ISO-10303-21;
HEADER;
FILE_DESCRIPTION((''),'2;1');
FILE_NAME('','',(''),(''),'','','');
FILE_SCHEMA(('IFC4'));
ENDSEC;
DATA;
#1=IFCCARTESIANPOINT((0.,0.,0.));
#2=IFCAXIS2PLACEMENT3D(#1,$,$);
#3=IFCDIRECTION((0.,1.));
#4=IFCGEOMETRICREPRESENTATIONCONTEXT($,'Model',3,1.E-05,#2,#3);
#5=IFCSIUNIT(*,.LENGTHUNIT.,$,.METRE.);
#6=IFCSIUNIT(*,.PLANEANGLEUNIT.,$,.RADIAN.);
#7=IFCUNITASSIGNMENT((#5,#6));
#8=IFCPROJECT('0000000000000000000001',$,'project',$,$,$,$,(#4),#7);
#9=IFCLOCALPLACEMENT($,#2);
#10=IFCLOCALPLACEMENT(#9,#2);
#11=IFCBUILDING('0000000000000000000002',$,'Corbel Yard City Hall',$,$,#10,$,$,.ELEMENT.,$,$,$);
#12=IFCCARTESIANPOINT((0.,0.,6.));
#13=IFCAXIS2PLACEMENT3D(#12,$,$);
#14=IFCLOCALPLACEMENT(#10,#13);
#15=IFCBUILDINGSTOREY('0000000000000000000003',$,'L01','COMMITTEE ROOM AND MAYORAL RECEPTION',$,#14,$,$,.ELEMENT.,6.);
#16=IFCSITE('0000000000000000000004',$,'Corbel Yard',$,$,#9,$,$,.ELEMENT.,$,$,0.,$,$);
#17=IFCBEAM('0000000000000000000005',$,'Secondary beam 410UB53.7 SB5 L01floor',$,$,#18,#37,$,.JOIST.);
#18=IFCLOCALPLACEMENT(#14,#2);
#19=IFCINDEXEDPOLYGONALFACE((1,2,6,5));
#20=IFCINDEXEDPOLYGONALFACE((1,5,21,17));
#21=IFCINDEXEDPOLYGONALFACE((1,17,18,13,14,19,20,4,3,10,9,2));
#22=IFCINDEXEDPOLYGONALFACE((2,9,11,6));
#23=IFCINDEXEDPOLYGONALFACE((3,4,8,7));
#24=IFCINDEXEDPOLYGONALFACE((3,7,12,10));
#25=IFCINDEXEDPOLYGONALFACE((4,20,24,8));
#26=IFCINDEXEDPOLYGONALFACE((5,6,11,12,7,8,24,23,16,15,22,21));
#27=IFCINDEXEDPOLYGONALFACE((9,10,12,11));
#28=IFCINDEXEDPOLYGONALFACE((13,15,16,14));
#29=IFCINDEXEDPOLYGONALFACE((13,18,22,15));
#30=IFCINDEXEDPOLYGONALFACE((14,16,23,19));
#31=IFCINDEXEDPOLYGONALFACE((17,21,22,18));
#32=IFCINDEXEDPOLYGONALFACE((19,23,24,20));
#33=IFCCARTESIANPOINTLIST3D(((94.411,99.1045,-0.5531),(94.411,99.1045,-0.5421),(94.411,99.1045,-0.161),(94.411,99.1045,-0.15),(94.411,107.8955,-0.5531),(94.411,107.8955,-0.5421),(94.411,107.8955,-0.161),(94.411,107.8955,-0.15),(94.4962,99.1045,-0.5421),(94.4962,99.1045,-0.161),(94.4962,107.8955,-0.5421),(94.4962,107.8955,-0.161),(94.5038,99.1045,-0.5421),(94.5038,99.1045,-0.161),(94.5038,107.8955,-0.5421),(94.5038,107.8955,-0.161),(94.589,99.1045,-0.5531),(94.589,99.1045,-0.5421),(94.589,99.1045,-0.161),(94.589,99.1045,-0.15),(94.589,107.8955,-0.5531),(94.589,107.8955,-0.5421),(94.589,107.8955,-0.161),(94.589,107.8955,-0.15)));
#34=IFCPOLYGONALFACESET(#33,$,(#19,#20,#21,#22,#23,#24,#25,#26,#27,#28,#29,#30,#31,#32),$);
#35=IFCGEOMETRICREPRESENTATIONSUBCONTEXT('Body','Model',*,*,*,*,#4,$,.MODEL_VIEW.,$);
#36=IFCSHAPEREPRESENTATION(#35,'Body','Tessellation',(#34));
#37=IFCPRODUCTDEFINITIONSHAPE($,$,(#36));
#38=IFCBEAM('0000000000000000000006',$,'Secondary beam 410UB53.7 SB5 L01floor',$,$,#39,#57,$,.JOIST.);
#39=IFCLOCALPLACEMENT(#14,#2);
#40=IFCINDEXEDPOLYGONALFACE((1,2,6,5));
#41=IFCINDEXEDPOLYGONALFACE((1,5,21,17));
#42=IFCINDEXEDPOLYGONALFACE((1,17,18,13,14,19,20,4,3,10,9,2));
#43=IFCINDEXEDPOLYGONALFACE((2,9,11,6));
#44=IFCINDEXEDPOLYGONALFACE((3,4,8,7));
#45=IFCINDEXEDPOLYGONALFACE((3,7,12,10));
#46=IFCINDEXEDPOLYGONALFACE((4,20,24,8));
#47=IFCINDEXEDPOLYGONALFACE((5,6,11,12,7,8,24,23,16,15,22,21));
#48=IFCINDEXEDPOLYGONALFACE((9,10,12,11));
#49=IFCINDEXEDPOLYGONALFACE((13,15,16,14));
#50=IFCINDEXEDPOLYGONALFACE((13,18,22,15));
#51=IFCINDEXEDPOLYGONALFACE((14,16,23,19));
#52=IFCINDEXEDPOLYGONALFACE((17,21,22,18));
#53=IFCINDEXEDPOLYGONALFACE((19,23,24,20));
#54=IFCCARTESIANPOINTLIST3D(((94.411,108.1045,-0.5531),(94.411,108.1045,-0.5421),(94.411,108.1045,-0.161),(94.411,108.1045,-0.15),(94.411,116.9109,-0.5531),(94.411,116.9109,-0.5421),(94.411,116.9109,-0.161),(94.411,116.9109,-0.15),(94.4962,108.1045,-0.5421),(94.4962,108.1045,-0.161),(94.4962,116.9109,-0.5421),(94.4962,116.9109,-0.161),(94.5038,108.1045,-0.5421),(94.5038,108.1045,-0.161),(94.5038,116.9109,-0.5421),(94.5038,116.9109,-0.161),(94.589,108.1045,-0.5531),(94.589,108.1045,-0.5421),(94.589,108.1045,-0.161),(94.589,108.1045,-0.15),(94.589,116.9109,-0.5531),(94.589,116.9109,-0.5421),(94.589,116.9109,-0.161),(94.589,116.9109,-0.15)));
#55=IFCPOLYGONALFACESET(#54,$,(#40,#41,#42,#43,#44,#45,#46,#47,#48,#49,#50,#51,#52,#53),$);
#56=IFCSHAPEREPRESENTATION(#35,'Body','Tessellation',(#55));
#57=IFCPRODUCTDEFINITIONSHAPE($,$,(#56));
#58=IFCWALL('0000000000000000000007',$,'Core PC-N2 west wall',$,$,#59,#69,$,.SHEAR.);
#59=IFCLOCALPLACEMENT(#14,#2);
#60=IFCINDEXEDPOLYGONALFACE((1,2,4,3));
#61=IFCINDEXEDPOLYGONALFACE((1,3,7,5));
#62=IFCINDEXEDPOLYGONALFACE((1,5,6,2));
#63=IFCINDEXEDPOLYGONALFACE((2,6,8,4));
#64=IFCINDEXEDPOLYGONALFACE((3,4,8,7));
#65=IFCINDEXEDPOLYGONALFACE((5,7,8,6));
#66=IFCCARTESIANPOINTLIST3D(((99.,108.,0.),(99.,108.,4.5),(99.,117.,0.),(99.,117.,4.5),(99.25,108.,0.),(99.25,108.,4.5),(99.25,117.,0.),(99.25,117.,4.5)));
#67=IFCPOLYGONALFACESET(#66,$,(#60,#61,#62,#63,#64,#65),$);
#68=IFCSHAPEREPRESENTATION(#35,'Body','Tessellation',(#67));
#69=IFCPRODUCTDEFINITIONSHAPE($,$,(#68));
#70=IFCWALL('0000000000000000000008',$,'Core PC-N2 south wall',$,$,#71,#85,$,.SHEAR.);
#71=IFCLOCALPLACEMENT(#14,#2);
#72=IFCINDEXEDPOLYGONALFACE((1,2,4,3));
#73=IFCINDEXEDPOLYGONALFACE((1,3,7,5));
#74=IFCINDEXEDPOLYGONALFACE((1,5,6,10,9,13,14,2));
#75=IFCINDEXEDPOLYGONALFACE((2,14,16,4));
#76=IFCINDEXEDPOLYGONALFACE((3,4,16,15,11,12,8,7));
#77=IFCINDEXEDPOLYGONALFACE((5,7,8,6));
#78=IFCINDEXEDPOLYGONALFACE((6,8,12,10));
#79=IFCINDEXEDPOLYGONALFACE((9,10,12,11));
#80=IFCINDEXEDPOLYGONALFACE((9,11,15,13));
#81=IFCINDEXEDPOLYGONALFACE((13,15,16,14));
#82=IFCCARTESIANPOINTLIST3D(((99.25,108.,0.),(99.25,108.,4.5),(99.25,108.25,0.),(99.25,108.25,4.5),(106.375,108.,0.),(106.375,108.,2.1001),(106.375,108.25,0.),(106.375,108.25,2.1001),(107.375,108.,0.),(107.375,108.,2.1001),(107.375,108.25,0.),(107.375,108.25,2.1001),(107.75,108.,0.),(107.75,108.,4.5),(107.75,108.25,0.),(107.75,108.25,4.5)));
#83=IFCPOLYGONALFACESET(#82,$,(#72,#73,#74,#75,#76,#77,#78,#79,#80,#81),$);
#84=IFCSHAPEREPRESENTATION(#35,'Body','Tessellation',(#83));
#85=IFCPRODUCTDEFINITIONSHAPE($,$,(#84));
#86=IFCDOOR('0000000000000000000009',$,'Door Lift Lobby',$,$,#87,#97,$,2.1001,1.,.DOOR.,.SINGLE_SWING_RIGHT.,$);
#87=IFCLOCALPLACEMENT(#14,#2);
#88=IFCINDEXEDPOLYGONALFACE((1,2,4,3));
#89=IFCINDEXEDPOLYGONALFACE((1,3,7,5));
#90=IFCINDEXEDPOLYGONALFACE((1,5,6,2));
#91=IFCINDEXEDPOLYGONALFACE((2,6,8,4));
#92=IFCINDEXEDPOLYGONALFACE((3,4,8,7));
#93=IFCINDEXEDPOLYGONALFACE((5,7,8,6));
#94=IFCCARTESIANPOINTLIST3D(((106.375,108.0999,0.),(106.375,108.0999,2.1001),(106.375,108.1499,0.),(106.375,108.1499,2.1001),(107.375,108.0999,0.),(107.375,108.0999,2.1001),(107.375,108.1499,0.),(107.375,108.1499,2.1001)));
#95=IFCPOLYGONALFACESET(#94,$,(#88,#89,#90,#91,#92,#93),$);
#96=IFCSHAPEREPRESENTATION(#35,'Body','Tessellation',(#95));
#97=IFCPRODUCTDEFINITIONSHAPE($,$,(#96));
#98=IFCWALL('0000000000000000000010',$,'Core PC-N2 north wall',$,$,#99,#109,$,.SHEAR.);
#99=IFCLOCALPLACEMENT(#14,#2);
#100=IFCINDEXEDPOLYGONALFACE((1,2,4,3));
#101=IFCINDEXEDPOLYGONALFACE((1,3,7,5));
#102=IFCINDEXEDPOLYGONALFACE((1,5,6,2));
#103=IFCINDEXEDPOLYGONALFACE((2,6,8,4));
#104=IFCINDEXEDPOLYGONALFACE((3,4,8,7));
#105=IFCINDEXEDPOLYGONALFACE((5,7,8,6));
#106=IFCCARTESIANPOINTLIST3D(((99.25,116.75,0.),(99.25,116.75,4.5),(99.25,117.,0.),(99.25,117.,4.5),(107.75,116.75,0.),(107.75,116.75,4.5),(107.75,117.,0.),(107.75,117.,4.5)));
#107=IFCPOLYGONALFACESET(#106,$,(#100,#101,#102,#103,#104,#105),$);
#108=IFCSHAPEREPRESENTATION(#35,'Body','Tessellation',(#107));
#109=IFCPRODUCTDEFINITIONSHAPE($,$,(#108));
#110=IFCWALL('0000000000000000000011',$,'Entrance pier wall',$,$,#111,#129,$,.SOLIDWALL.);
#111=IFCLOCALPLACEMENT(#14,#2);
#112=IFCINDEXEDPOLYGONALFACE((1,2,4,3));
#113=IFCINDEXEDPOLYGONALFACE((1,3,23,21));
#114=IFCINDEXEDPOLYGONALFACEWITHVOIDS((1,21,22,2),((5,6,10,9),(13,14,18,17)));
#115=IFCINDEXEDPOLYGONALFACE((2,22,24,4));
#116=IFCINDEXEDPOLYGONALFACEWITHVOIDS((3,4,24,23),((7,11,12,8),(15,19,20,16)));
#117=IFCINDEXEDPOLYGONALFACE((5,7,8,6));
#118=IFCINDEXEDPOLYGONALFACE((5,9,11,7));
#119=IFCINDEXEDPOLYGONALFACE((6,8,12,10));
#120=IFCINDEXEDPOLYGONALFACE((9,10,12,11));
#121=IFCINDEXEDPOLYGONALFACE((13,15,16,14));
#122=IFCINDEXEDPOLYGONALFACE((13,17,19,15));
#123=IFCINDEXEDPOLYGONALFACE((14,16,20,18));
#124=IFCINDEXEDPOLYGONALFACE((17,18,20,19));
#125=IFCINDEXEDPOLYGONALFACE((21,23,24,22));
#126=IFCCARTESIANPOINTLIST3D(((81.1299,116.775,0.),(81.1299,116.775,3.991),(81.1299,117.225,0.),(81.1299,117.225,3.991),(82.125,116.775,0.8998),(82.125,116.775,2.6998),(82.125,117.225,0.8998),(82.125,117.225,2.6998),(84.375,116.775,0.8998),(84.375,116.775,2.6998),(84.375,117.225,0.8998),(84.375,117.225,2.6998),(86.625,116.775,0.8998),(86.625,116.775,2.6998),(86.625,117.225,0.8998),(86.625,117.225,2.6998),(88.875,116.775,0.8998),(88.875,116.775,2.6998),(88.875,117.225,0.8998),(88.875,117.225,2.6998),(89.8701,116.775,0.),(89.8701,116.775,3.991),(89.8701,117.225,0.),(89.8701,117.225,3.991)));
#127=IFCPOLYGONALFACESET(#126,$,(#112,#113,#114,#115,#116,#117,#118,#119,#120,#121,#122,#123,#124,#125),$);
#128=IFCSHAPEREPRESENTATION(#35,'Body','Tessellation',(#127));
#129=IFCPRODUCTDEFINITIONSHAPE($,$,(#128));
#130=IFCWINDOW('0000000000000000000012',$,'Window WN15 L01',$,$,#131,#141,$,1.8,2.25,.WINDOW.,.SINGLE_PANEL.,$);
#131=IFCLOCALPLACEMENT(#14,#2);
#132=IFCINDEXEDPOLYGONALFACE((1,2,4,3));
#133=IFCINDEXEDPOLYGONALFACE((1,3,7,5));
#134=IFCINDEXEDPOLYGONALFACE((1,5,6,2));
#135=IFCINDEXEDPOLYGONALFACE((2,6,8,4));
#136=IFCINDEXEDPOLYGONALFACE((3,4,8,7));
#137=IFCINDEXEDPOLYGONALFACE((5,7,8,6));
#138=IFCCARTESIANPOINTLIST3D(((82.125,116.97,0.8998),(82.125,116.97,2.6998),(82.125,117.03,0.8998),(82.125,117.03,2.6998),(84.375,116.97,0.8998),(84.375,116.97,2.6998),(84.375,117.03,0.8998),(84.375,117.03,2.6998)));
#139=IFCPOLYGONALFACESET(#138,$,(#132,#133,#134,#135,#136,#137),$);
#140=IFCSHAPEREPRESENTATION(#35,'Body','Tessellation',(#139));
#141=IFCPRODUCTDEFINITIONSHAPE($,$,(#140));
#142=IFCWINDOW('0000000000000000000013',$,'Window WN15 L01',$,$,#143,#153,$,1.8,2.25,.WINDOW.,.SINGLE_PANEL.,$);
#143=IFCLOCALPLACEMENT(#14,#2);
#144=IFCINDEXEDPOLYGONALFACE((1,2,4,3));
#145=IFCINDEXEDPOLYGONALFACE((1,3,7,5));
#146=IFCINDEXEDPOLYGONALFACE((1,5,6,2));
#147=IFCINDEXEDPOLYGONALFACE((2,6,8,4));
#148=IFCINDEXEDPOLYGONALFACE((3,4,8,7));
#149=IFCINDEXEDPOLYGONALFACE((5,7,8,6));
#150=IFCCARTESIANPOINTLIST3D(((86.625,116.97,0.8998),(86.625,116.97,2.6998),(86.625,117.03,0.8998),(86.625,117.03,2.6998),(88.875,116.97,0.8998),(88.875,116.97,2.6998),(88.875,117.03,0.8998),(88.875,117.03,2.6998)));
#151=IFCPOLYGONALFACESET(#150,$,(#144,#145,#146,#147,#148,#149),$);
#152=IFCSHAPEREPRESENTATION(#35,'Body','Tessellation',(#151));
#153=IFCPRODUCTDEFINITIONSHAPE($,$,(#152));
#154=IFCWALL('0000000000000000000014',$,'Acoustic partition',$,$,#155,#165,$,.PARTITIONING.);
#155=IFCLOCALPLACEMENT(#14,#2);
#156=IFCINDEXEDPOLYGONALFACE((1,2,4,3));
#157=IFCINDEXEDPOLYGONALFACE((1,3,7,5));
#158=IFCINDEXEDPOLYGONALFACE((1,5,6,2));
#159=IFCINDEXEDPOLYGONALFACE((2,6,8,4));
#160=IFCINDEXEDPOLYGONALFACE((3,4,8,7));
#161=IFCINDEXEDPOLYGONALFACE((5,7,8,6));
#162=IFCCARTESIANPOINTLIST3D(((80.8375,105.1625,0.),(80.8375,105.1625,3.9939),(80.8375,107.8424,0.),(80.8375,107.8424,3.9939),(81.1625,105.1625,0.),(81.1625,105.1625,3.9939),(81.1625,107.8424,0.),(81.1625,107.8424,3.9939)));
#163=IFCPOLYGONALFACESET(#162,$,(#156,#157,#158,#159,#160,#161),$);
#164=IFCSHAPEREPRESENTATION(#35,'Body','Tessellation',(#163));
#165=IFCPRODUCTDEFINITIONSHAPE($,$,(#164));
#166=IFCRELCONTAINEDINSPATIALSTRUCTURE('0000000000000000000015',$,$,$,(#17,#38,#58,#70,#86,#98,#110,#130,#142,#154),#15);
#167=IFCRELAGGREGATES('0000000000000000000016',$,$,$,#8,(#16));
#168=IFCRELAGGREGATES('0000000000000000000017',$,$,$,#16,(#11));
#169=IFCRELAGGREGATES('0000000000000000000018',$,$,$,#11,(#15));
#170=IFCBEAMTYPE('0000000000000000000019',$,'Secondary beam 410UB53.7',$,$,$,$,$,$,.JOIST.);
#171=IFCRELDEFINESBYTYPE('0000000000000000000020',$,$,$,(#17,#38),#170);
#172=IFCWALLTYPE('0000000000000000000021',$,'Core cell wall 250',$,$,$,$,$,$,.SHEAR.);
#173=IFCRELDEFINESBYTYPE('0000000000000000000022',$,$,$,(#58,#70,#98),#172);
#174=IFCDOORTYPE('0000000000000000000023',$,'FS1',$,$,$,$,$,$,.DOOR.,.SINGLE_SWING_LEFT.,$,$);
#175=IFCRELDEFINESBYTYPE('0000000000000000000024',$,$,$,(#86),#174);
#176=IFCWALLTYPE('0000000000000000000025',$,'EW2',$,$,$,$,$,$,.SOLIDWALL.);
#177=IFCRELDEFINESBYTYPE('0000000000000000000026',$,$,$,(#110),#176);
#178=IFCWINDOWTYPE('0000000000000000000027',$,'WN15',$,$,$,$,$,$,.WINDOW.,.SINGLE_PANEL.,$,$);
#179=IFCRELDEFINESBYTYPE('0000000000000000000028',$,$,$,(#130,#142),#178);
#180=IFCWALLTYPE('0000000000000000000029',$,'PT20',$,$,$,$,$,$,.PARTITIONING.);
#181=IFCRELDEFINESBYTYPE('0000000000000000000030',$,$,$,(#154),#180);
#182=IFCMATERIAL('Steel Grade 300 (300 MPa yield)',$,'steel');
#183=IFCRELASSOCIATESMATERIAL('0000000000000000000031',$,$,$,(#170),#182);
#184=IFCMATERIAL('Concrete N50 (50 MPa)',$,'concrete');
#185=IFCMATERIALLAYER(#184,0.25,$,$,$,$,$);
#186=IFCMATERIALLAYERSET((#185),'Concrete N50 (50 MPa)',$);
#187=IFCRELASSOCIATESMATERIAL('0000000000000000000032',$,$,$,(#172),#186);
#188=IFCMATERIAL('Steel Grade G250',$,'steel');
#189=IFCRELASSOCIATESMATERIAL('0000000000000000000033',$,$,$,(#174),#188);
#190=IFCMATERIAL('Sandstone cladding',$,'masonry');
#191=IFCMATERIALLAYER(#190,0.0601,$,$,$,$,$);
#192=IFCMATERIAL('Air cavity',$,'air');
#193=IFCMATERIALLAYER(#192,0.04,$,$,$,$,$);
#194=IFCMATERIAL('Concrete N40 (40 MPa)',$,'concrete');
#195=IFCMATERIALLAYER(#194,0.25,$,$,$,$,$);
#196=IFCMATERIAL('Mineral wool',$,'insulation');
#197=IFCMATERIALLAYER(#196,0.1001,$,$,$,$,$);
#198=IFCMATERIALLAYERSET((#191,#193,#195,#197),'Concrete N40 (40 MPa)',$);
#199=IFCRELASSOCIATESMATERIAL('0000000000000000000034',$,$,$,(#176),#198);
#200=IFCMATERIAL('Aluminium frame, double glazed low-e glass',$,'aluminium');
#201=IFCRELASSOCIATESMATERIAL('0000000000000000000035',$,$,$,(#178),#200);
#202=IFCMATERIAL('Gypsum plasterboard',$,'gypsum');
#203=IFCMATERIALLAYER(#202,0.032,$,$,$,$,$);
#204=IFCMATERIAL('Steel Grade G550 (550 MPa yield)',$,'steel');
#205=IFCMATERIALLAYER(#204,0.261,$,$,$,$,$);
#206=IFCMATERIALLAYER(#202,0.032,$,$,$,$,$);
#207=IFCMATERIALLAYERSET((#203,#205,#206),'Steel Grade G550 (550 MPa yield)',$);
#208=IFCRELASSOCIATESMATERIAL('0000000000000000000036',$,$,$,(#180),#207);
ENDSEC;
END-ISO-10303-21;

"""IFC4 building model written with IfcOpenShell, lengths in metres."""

from ifc_helpers import new_model, si_unit, direction, frame, frame_2d, origin, origin_2d, place, context, subcontext, project, spatial, rectangle, i_section, extrude, material, layer, layer_set, material_profile, profile_set, type_object, element, fill, save


model = new_model("IFC4")

# Units and contexts
model_context = context("Model", 3, precision=1e-05, world=origin(), true_north=direction((0.0, 1.0)))
body_context = subcontext(model_context, "Body", "Model", "MODEL_VIEW")
ifc_project = project(units=[si_unit("LENGTHUNIT", "METRE"), si_unit("PLANEANGLEUNIT", "RADIAN")], contexts=[model_context])

# Site, building, storey
site_placement = place(None, origin())
site = spatial("IfcSite", under=ifc_project, at=site_placement, Name="Corbel Yard", CompositionType="ELEMENT", RefElevation=0.0)
building_placement = place(site_placement, origin())
building = spatial("IfcBuilding", under=site, at=building_placement, Name="Corbel Yard City Hall", CompositionType="ELEMENT")
storey_placement = place(building_placement, frame((0.0, 0.0, 6.0)))
storey = spatial("IfcBuildingStorey", under=building, at=storey_placement, Name="L01", Description="COMMITTEE ROOM AND MAYORAL RECEPTION", CompositionType="ELEMENT", Elevation=6.0)

# Shared definitions
ifc_material_1 = material(Name="Steel Grade 300 (300 MPa yield)", Category="steel")

# Beams
ifc_material_profile_1 = material_profile(ifc_material_1, i_section(OverallWidth=0.178, OverallDepth=0.4031, WebThickness=0.0076, FlangeThickness=0.011, at=origin_2d()), Name="410UB53.7")
ifc_profile_set_1 = profile_set([ifc_material_profile_1], Name="Steel Grade 300 (300 MPa yield)")
beam_type_1 = type_object("IfcBeamType", Name="Secondary beam 410UB53.7", PredefinedType="JOIST", material=ifc_profile_set_1)
beam_1_placement = place(storey_placement, frame((94.5, 99.1045, -0.3516), z_axis=(0.0, 1.0, 0.0), x_axis=(-1.0, 0.0, 0.0)))
element("IfcBeam", 1, at=beam_1_placement, inside=storey, type_object=beam_type_1, Name="Secondary beam 410UB53.7 SB5 L01floor", PredefinedType="JOIST", context=body_context, shape_type="SweptSolid", body=[
    extrude(i_section(OverallWidth=0.178, OverallDepth=0.4031, WebThickness=0.0076, FlangeThickness=0.011, at=origin_2d()), origin(), (0.0, 0.0, 1.0), 8.791),
])
beam_2_placement = place(storey_placement, frame((94.5, 108.1045, -0.3516), z_axis=(0.0, 1.0, 0.0), x_axis=(-1.0, 0.0, 0.0)))
element("IfcBeam", 2, at=beam_2_placement, inside=storey, type_object=beam_type_1, Name="Secondary beam 410UB53.7 SB5 L01floor", PredefinedType="JOIST", context=body_context, shape_type="SweptSolid", body=[
    extrude(i_section(OverallWidth=0.178, OverallDepth=0.4031, WebThickness=0.0076, FlangeThickness=0.011, at=origin_2d()), origin(), (0.0, 0.0, 1.0), 8.8064),
])

# Wall
ifc_material_2 = material(Name="Concrete N50 (50 MPa)", Category="concrete")
ifc_layer_1 = layer(ifc_material_2, 0.25)
ifc_layer_set_1 = layer_set([ifc_layer_1], Name="Concrete N50 (50 MPa)")
wall_type_1 = type_object("IfcWallType", Name="Core cell wall 250", PredefinedType="SHEAR", material=ifc_layer_set_1)
wall_1_placement = place(storey_placement, frame((99.125, 108.0, 0.0), z_axis=(0.0, 0.0, 1.0), x_axis=(0.0, 1.0, 0.0)))
element("IfcWall", 3, at=wall_1_placement, inside=storey, type_object=wall_type_1, Name="Core PC-N2 west wall", PredefinedType="SHEAR", context=body_context, shape_type="SweptSolid", body=[
    extrude(rectangle(XDim=9.0, YDim=0.25, at=frame_2d((4.5, 0.0))), origin(), (0.0, 0.0, 1.0), 4.5),
])

# Wall, opening, door
wall_2_placement = place(storey_placement, frame((99.25, 108.125, 0.0), z_axis=(0.0, 0.0, 1.0), x_axis=(1.0, 0.0, 0.0)))
wall_2 = element("IfcWall", 4, at=wall_2_placement, inside=storey, type_object=wall_type_1, Name="Core PC-N2 south wall", PredefinedType="SHEAR", context=body_context, shape_type="SweptSolid", body=[
    extrude(rectangle(XDim=8.5, YDim=0.25, at=frame_2d((4.25, 0.0))), origin(), (0.0, 0.0, 1.0), 4.5),
])
opening_1_placement = place(wall_2_placement, frame((7.125, 0.0, 0.0)))
opening_1 = element("IfcOpeningElement", 5, at=opening_1_placement, cuts=wall_2, PredefinedType="OPENING", context=body_context, shape_type="SweptSolid", body=[
    extrude(rectangle(XDim=1.0, YDim=2.1001, at=frame_2d((0.5, 1.05))), frame((0.0, 0.135, 0.0), z_axis=(0.0, -1.0, 0.0), x_axis=(1.0, 0.0, 0.0)), (0.0, 0.0, 1.0), 0.27),
])
ifc_material_3 = material(Name="Steel Grade G250", Category="steel")
door_type_1 = type_object("IfcDoorType", Name="FS1", OperationType="SINGLE_SWING_LEFT", PredefinedType="DOOR", material=ifc_material_3)
door_1_placement = place(opening_1_placement, origin())
door_1 = element("IfcDoor", 6, at=door_1_placement, inside=storey, type_object=door_type_1, Name="Door Lift Lobby", OperationType="SINGLE_SWING_RIGHT", OverallHeight=2.1001, OverallWidth=1.0, PredefinedType="DOOR", context=body_context, shape_type="SweptSolid", body=[
    extrude(rectangle(XDim=1.0, YDim=2.1001, at=frame_2d((0.5, 1.05))), frame((0.0, 0.0249, 0.0), z_axis=(0.0, -1.0, 0.0), x_axis=(1.0, 0.0, 0.0)), (0.0, 0.0, 1.0), 0.05),
])
fill(opening_1, door_1)

# Wall
wall_3_placement = place(storey_placement, frame((99.25, 116.875, 0.0), z_axis=(0.0, 0.0, 1.0), x_axis=(1.0, 0.0, 0.0)))
element("IfcWall", 7, at=wall_3_placement, inside=storey, type_object=wall_type_1, Name="Core PC-N2 north wall", PredefinedType="SHEAR", context=body_context, shape_type="SweptSolid", body=[
    extrude(rectangle(XDim=8.5, YDim=0.25, at=frame_2d((4.25, 0.0))), origin(), (0.0, 0.0, 1.0), 4.5),
])

# Wall, openings, windows
ifc_material_4 = material(Name="Sandstone cladding", Category="masonry")
ifc_layer_2 = layer(ifc_material_4, 0.0601)
ifc_material_5 = material(Name="Air cavity", Category="air")
ifc_layer_3 = layer(ifc_material_5, 0.04)
ifc_material_6 = material(Name="Concrete N40 (40 MPa)", Category="concrete")
ifc_layer_4 = layer(ifc_material_6, 0.25)
ifc_material_7 = material(Name="Mineral wool", Category="insulation")
ifc_layer_5 = layer(ifc_material_7, 0.1001)
ifc_layer_set_2 = layer_set([ifc_layer_2, ifc_layer_3, ifc_layer_4, ifc_layer_5], Name="Concrete N40 (40 MPa)")
wall_type_2 = type_object("IfcWallType", Name="EW2", PredefinedType="SOLIDWALL", material=ifc_layer_set_2)
wall_4_placement = place(storey_placement, frame((81.1299, 117.0, 0.0), z_axis=(0.0, 0.0, 1.0), x_axis=(1.0, 0.0, 0.0)))
wall_4 = element("IfcWall", 8, at=wall_4_placement, inside=storey, type_object=wall_type_2, Name="Entrance pier wall", PredefinedType="SOLIDWALL", context=body_context, shape_type="SweptSolid", body=[
    extrude(rectangle(XDim=8.7402, YDim=0.45, at=frame_2d((4.3701, 0.0))), origin(), (0.0, 0.0, 1.0), 3.991),
])
opening_2_placement = place(wall_4_placement, frame((0.9951, 0.0, 0.8999)))
opening_2 = element("IfcOpeningElement", 9, at=opening_2_placement, cuts=wall_4, PredefinedType="OPENING", context=body_context, shape_type="SweptSolid", body=[
    extrude(rectangle(XDim=2.25, YDim=1.8, at=frame_2d((1.125, 0.8999))), frame((0.0, 0.2349, 0.0), z_axis=(0.0, -1.0, 0.0), x_axis=(1.0, 0.0, 0.0)), (0.0, 0.0, 1.0), 0.47),
])
opening_3_placement = place(wall_4_placement, frame((5.4951, 0.0, 0.8999)))
opening_3 = element("IfcOpeningElement", 10, at=opening_3_placement, cuts=wall_4, PredefinedType="OPENING", context=body_context, shape_type="SweptSolid", body=[
    extrude(rectangle(XDim=2.25, YDim=1.8, at=frame_2d((1.125, 0.8999))), frame((0.0, 0.2349, 0.0), z_axis=(0.0, -1.0, 0.0), x_axis=(1.0, 0.0, 0.0)), (0.0, 0.0, 1.0), 0.47),
])
ifc_material_8 = material(Name="Aluminium frame, double glazed low-e glass", Category="aluminium")
window_type = type_object("IfcWindowType", Name="WN15", PartitioningType="SINGLE_PANEL", PredefinedType="WINDOW", material=ifc_material_8)
window_1_placement = place(opening_2_placement, origin())
window_1 = element("IfcWindow", 11, at=window_1_placement, inside=storey, type_object=window_type, Name="Window WN15 L01", OverallHeight=1.8, OverallWidth=2.25, PartitioningType="SINGLE_PANEL", PredefinedType="WINDOW", context=body_context, shape_type="SweptSolid", body=[
    extrude(rectangle(XDim=2.25, YDim=1.8, at=frame_2d((1.125, 0.8999))), frame((0.0, 0.03, 0.0), z_axis=(0.0, -1.0, 0.0), x_axis=(1.0, 0.0, 0.0)), (0.0, 0.0, 1.0), 0.0601),
])
fill(opening_2, window_1)
window_2_placement = place(opening_3_placement, origin())
window_2 = element("IfcWindow", 12, at=window_2_placement, inside=storey, type_object=window_type, Name="Window WN15 L01", OverallHeight=1.8, OverallWidth=2.25, PartitioningType="SINGLE_PANEL", PredefinedType="WINDOW", context=body_context, shape_type="SweptSolid", body=[
    extrude(rectangle(XDim=2.25, YDim=1.8, at=frame_2d((1.125, 0.8999))), frame((0.0, 0.03, 0.0), z_axis=(0.0, -1.0, 0.0), x_axis=(1.0, 0.0, 0.0)), (0.0, 0.0, 1.0), 0.0601),
])
fill(opening_3, window_2)

# Wall
ifc_material_9 = material(Name="Gypsum plasterboard", Category="gypsum")
ifc_layer_6 = layer(ifc_material_9, 0.032)
ifc_material_10 = material(Name="Steel Grade G550 (550 MPa yield)", Category="steel")
ifc_layer_7 = layer(ifc_material_10, 0.261)
ifc_layer_8 = layer(ifc_material_9, 0.032)
ifc_layer_set_3 = layer_set([ifc_layer_6, ifc_layer_7, ifc_layer_8], Name="Steel Grade G550 (550 MPa yield)")
wall_type_3 = type_object("IfcWallType", Name="PT20", PredefinedType="PARTITIONING", material=ifc_layer_set_3)
wall_5_placement = place(storey_placement, frame((81.0, 105.1626, 0.0), z_axis=(0.0, 0.0, 1.0), x_axis=(0.0, 1.0, 0.0)))
element("IfcWall", 13, at=wall_5_placement, inside=storey, type_object=wall_type_3, Name="Acoustic partition", PredefinedType="PARTITIONING", context=body_context, shape_type="SweptSolid", body=[
    extrude(rectangle(XDim=2.6799, YDim=0.325, at=frame_2d((1.3398, 0.0))), origin(), (0.0, 0.0, 1.0), 3.9939),
])

save(model, "model.ifc")
